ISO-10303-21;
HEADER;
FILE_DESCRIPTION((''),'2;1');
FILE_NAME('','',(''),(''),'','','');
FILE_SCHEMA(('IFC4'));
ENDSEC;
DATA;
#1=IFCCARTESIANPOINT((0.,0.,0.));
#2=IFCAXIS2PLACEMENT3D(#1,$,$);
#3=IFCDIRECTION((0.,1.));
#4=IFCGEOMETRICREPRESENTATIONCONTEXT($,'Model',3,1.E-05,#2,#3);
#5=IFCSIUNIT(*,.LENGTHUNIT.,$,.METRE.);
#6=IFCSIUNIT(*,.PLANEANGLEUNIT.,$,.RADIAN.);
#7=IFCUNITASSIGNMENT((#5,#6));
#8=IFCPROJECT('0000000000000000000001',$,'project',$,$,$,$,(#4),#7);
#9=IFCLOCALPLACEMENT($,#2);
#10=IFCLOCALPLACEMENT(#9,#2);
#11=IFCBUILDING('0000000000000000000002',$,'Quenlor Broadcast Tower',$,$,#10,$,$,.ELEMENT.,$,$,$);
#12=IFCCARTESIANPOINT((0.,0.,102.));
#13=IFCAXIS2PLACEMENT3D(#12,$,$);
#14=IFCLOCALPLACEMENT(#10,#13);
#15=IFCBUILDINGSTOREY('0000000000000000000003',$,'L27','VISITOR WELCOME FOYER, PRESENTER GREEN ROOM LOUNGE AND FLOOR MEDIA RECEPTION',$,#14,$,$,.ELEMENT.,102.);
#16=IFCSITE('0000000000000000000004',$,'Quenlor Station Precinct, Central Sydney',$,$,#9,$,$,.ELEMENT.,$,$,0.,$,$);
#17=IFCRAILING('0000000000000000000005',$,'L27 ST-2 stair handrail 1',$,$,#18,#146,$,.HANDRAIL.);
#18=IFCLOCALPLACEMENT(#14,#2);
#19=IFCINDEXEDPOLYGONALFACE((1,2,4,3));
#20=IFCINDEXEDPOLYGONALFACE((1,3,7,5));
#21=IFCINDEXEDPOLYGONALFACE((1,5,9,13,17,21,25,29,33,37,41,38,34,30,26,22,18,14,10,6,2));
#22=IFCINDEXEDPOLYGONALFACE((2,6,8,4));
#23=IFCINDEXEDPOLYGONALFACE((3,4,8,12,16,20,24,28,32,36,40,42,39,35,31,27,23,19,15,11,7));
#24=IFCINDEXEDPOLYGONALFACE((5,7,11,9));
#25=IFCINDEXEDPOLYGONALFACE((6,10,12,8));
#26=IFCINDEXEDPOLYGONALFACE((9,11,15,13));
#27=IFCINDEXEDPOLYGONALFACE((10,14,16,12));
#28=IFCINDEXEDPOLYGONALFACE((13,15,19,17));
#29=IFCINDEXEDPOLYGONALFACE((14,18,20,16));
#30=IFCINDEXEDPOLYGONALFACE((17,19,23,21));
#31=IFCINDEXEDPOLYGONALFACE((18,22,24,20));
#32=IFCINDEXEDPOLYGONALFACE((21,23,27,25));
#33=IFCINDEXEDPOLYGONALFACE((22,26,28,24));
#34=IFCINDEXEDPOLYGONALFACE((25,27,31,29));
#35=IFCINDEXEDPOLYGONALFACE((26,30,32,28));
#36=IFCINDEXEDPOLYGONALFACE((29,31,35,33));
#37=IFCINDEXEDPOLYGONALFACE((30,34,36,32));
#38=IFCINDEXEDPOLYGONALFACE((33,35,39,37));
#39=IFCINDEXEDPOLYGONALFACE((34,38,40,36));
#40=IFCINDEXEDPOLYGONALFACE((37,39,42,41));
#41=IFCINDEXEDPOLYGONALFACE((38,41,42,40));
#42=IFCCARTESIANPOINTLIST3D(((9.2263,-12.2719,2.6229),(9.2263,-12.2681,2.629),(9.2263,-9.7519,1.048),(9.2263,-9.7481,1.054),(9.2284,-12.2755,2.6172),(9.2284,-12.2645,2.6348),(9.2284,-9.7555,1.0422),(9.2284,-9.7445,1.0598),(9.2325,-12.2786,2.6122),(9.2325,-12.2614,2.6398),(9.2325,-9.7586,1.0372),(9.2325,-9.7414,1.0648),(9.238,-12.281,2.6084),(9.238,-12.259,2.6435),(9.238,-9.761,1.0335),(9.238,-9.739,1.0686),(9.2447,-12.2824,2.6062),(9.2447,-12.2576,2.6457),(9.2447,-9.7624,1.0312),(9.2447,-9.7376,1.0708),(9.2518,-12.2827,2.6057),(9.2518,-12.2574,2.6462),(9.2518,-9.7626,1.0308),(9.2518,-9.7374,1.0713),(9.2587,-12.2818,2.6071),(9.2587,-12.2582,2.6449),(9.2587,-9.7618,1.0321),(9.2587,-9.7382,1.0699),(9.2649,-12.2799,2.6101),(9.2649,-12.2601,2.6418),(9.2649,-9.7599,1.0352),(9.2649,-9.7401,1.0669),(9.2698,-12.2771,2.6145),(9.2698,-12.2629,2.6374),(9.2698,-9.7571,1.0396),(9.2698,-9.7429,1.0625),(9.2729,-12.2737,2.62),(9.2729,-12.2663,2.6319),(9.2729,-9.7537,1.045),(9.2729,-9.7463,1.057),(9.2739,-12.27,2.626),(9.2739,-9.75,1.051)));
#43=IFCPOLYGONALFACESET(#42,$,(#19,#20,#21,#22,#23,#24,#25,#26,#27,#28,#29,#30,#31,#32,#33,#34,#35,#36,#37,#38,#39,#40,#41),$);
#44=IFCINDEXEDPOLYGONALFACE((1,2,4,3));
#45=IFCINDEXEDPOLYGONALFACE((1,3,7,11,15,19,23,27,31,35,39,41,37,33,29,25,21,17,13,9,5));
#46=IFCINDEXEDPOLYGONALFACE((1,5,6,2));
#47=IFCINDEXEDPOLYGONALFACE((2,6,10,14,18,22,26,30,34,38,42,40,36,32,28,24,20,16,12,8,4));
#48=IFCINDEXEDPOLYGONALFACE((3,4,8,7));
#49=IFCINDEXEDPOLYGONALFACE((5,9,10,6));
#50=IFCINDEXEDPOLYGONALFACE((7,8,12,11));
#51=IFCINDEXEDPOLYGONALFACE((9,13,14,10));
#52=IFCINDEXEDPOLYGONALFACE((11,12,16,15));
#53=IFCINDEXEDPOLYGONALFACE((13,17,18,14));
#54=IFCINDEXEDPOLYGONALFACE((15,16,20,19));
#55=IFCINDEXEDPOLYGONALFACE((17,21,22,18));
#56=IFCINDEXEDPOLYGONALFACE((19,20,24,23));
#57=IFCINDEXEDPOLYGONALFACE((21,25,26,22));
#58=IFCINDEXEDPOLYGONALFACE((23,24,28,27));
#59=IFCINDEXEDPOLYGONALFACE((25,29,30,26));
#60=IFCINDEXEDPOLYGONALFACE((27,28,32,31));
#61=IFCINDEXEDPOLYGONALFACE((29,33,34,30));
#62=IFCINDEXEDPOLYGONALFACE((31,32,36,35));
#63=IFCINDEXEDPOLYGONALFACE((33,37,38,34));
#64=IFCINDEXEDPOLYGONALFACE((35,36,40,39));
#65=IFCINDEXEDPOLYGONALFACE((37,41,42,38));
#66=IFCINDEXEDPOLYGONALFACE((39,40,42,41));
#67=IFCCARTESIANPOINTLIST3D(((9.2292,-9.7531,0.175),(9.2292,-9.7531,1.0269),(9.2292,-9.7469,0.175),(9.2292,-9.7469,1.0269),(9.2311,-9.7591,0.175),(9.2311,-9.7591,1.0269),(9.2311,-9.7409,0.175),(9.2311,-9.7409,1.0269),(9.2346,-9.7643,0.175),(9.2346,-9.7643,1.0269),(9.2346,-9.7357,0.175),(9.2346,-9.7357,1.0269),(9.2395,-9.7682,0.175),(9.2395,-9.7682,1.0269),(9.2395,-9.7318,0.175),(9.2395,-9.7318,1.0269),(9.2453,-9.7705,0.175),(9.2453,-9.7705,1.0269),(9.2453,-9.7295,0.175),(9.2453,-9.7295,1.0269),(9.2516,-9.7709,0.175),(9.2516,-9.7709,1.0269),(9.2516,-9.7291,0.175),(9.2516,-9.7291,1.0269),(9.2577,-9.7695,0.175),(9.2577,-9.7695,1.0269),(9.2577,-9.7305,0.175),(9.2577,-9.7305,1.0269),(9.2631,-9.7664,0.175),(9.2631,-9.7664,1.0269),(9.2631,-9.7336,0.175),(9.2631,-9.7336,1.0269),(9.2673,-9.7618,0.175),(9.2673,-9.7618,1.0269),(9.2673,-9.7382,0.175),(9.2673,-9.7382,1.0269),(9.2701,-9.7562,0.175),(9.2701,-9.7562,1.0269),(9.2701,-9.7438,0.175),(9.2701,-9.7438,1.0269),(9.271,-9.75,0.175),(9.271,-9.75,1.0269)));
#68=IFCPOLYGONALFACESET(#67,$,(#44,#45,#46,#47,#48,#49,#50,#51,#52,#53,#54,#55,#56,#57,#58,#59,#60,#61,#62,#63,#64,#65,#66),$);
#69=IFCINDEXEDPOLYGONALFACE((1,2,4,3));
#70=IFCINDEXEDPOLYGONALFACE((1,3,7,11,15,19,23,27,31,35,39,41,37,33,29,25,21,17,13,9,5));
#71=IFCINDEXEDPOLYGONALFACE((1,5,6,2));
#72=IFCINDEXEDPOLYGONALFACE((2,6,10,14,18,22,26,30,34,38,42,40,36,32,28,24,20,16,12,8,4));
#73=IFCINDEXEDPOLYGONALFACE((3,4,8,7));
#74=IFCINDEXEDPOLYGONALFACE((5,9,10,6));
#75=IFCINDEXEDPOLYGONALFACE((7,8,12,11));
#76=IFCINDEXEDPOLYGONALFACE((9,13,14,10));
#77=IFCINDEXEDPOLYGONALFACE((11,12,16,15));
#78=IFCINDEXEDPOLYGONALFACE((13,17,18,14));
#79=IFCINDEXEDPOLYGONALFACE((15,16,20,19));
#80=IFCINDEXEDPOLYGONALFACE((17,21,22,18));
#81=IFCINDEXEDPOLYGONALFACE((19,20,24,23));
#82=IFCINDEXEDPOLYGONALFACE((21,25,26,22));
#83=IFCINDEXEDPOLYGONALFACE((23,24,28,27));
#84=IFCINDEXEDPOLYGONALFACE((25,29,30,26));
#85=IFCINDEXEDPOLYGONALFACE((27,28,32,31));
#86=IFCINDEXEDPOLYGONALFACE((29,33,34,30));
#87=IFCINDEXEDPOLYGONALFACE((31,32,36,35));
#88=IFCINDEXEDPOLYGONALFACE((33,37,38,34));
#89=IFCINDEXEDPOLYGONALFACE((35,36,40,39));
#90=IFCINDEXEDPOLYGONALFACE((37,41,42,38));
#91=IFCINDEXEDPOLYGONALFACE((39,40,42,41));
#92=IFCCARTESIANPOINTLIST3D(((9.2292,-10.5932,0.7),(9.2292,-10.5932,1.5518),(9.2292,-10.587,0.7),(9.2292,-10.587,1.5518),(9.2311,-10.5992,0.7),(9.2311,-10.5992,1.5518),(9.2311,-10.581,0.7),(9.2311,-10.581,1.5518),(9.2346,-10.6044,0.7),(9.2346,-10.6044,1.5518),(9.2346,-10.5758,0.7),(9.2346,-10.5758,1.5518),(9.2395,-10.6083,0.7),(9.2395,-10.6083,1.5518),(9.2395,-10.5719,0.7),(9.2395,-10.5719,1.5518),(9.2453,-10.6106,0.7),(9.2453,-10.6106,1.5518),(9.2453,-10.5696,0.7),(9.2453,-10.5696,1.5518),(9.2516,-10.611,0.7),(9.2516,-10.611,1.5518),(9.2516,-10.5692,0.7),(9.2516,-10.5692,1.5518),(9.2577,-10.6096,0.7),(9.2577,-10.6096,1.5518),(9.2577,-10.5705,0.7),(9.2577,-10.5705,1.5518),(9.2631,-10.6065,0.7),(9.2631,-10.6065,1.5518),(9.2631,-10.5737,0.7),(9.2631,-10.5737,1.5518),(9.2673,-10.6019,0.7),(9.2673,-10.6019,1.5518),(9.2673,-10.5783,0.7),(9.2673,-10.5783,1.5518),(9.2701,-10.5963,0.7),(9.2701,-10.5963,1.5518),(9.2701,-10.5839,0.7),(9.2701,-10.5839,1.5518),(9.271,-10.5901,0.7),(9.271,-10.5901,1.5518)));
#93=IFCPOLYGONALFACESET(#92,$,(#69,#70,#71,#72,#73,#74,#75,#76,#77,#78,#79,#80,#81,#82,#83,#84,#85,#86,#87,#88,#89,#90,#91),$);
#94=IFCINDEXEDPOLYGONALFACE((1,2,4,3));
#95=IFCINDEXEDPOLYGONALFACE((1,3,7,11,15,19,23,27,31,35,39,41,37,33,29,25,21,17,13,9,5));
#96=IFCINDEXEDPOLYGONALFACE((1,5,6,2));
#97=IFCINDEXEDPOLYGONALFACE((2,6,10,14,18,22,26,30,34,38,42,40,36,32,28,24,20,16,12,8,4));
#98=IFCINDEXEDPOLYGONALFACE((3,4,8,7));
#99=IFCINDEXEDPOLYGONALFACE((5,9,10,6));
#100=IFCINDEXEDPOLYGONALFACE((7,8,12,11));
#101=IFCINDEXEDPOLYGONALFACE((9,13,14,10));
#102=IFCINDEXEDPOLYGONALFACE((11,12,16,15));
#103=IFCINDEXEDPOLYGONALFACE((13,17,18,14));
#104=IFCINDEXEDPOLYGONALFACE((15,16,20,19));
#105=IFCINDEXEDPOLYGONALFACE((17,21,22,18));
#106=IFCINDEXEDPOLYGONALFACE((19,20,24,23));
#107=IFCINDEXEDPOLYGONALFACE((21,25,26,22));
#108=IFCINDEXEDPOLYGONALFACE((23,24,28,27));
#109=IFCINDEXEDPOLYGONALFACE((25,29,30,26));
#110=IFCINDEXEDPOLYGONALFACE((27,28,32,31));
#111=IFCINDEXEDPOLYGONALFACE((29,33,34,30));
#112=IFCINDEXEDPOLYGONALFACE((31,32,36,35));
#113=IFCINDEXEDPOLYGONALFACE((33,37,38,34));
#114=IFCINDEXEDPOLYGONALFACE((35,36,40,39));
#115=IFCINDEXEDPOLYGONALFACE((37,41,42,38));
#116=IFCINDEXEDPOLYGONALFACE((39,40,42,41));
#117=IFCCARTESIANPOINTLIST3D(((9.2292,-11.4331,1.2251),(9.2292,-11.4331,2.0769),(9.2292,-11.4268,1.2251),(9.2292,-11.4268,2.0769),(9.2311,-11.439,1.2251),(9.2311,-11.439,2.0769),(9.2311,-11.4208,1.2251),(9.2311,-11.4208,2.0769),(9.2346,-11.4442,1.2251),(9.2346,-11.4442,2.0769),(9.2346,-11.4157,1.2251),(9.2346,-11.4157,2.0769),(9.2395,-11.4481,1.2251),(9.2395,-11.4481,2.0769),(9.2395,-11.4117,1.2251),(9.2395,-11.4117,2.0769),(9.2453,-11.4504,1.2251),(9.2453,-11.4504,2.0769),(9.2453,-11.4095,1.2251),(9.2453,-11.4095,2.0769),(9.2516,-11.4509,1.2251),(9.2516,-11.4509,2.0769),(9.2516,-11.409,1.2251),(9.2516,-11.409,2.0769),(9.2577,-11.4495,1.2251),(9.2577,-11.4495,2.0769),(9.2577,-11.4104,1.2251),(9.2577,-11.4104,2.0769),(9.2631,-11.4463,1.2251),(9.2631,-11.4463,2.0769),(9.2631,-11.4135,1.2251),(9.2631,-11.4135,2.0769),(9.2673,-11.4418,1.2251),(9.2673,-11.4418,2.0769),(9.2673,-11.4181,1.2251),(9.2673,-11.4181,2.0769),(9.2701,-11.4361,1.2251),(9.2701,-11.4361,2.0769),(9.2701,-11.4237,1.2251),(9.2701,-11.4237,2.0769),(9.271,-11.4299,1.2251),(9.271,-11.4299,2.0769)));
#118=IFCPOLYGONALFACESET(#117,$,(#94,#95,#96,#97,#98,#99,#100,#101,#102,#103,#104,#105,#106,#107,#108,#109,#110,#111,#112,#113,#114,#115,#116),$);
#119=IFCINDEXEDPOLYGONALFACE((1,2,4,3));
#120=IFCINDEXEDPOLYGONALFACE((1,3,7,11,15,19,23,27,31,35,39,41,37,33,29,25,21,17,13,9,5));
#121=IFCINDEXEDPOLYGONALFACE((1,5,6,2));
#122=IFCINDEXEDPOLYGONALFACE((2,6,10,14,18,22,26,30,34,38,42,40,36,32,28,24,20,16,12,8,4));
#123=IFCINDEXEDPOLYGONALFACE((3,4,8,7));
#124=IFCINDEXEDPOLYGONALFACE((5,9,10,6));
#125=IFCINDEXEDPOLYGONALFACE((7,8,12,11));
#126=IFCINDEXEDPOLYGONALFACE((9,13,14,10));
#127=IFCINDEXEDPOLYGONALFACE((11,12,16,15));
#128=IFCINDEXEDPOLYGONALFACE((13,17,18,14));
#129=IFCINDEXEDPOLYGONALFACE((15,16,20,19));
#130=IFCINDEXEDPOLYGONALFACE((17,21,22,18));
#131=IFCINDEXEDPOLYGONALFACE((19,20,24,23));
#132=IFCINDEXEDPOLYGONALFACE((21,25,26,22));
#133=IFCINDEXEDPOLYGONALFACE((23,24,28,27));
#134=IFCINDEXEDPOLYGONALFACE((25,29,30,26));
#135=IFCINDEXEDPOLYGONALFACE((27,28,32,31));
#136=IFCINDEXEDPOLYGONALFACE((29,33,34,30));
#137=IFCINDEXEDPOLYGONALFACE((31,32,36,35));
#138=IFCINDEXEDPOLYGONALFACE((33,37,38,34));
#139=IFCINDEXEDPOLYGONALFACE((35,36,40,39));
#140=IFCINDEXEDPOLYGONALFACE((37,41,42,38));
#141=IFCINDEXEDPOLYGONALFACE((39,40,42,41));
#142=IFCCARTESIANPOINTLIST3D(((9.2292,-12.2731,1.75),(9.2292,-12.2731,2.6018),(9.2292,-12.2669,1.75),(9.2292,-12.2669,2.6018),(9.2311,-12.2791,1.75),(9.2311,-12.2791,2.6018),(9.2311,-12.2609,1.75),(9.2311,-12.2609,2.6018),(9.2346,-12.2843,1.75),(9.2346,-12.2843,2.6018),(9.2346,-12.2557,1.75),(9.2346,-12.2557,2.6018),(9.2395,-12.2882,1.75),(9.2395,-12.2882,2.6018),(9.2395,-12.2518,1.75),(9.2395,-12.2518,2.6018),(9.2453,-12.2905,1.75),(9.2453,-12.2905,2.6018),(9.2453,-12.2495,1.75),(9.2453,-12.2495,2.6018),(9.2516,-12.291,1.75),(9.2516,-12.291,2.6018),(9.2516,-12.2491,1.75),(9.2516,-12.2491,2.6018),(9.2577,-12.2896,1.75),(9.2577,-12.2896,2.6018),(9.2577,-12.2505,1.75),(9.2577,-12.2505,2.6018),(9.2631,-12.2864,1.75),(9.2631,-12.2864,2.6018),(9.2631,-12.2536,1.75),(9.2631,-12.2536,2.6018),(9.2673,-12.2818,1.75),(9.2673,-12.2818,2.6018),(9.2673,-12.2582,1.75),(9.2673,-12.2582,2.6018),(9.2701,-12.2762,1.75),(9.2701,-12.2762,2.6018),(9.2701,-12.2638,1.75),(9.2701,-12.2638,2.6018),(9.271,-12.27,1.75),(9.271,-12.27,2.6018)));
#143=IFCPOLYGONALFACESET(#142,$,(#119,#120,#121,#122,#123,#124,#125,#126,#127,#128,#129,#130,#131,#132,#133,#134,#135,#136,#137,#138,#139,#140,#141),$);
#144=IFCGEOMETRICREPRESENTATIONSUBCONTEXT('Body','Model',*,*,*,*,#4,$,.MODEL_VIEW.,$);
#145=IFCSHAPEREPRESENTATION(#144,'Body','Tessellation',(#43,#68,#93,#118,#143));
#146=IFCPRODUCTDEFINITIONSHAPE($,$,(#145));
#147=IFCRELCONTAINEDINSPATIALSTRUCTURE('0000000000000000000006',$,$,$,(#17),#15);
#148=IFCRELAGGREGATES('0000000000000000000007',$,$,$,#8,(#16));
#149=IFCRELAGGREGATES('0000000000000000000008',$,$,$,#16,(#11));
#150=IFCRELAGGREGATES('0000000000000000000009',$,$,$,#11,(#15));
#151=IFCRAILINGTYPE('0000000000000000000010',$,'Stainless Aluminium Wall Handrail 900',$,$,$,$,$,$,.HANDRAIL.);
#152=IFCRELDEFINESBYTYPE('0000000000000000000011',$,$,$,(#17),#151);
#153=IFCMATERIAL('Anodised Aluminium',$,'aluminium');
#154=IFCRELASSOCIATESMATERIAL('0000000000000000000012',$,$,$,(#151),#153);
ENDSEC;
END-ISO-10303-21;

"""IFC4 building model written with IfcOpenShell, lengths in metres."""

from ifc_helpers import new_model, si_unit, direction, frame, origin, origin_2d, place, context, subcontext, project, spatial, circle, extrude, material, type_object, element, save


model = new_model("IFC4")

# Units and contexts
model_context = context("Model", 3, precision=1e-05, world=origin(), true_north=direction((0.0, 1.0)))
body_context = subcontext(model_context, "Body", "Model", "MODEL_VIEW")
ifc_project = project(units=[si_unit("LENGTHUNIT", "METRE"), si_unit("PLANEANGLEUNIT", "RADIAN")], contexts=[model_context])

# Site, building, storey
site_placement = place(None, origin())
site = spatial("IfcSite", under=ifc_project, at=site_placement, Name="Quenlor Station Precinct, Central Sydney", CompositionType="ELEMENT", RefElevation=0.0)
building_placement = place(site_placement, origin())
building = spatial("IfcBuilding", under=site, at=building_placement, Name="Quenlor Broadcast Tower", CompositionType="ELEMENT")
storey_placement = place(building_placement, frame((0.0, 0.0, 102.0)))
storey = spatial("IfcBuildingStorey", under=building, at=storey_placement, Name="L27", Description="VISITOR WELCOME FOYER, PRESENTER GREEN ROOM LOUNGE AND FLOOR MEDIA RECEPTION", CompositionType="ELEMENT", Elevation=102.0)

# Railing
ifc_material_1 = material(Name="Anodised Aluminium", Category="aluminium")
railing_type_1 = type_object("IfcRailingType", Name="Stainless Aluminium Wall Handrail 900", PredefinedType="HANDRAIL", material=ifc_material_1)
railing_1_placement = place(storey_placement, frame((9.25, -9.75, 0.175)))
element("IfcRailing", 1, at=railing_1_placement, inside=storey, type_object=railing_type_1, Name="L27 ST-2 stair handrail 1", PredefinedType="HANDRAIL", context=body_context, shape_type="SweptSolid", body=[
    extrude(circle(Radius=0.0239, at=origin_2d()), frame((0.0, 0.0, 0.876), z_axis=(0.0, -0.848008, 0.529984), x_axis=(1.0, 0.0, 0.0)), (0.0, 0.0, 1.0), 2.9717),
    extrude(circle(Radius=0.021, at=origin_2d()), origin(), (0.0, 0.0, 1.0), 0.8518),
    extrude(circle(Radius=0.021, at=origin_2d()), frame((0.0, -0.8401, 0.5249)), (0.0, 0.0, 1.0), 0.8518),
    extrude(circle(Radius=0.021, at=origin_2d()), frame((0.0, -1.6799, 1.05)), (0.0, 0.0, 1.0), 0.8518),
    extrude(circle(Radius=0.021, at=origin_2d()), frame((0.0, -2.52, 1.575)), (0.0, 0.0, 1.0), 0.8518),
])

save(model, "model.ifc")
